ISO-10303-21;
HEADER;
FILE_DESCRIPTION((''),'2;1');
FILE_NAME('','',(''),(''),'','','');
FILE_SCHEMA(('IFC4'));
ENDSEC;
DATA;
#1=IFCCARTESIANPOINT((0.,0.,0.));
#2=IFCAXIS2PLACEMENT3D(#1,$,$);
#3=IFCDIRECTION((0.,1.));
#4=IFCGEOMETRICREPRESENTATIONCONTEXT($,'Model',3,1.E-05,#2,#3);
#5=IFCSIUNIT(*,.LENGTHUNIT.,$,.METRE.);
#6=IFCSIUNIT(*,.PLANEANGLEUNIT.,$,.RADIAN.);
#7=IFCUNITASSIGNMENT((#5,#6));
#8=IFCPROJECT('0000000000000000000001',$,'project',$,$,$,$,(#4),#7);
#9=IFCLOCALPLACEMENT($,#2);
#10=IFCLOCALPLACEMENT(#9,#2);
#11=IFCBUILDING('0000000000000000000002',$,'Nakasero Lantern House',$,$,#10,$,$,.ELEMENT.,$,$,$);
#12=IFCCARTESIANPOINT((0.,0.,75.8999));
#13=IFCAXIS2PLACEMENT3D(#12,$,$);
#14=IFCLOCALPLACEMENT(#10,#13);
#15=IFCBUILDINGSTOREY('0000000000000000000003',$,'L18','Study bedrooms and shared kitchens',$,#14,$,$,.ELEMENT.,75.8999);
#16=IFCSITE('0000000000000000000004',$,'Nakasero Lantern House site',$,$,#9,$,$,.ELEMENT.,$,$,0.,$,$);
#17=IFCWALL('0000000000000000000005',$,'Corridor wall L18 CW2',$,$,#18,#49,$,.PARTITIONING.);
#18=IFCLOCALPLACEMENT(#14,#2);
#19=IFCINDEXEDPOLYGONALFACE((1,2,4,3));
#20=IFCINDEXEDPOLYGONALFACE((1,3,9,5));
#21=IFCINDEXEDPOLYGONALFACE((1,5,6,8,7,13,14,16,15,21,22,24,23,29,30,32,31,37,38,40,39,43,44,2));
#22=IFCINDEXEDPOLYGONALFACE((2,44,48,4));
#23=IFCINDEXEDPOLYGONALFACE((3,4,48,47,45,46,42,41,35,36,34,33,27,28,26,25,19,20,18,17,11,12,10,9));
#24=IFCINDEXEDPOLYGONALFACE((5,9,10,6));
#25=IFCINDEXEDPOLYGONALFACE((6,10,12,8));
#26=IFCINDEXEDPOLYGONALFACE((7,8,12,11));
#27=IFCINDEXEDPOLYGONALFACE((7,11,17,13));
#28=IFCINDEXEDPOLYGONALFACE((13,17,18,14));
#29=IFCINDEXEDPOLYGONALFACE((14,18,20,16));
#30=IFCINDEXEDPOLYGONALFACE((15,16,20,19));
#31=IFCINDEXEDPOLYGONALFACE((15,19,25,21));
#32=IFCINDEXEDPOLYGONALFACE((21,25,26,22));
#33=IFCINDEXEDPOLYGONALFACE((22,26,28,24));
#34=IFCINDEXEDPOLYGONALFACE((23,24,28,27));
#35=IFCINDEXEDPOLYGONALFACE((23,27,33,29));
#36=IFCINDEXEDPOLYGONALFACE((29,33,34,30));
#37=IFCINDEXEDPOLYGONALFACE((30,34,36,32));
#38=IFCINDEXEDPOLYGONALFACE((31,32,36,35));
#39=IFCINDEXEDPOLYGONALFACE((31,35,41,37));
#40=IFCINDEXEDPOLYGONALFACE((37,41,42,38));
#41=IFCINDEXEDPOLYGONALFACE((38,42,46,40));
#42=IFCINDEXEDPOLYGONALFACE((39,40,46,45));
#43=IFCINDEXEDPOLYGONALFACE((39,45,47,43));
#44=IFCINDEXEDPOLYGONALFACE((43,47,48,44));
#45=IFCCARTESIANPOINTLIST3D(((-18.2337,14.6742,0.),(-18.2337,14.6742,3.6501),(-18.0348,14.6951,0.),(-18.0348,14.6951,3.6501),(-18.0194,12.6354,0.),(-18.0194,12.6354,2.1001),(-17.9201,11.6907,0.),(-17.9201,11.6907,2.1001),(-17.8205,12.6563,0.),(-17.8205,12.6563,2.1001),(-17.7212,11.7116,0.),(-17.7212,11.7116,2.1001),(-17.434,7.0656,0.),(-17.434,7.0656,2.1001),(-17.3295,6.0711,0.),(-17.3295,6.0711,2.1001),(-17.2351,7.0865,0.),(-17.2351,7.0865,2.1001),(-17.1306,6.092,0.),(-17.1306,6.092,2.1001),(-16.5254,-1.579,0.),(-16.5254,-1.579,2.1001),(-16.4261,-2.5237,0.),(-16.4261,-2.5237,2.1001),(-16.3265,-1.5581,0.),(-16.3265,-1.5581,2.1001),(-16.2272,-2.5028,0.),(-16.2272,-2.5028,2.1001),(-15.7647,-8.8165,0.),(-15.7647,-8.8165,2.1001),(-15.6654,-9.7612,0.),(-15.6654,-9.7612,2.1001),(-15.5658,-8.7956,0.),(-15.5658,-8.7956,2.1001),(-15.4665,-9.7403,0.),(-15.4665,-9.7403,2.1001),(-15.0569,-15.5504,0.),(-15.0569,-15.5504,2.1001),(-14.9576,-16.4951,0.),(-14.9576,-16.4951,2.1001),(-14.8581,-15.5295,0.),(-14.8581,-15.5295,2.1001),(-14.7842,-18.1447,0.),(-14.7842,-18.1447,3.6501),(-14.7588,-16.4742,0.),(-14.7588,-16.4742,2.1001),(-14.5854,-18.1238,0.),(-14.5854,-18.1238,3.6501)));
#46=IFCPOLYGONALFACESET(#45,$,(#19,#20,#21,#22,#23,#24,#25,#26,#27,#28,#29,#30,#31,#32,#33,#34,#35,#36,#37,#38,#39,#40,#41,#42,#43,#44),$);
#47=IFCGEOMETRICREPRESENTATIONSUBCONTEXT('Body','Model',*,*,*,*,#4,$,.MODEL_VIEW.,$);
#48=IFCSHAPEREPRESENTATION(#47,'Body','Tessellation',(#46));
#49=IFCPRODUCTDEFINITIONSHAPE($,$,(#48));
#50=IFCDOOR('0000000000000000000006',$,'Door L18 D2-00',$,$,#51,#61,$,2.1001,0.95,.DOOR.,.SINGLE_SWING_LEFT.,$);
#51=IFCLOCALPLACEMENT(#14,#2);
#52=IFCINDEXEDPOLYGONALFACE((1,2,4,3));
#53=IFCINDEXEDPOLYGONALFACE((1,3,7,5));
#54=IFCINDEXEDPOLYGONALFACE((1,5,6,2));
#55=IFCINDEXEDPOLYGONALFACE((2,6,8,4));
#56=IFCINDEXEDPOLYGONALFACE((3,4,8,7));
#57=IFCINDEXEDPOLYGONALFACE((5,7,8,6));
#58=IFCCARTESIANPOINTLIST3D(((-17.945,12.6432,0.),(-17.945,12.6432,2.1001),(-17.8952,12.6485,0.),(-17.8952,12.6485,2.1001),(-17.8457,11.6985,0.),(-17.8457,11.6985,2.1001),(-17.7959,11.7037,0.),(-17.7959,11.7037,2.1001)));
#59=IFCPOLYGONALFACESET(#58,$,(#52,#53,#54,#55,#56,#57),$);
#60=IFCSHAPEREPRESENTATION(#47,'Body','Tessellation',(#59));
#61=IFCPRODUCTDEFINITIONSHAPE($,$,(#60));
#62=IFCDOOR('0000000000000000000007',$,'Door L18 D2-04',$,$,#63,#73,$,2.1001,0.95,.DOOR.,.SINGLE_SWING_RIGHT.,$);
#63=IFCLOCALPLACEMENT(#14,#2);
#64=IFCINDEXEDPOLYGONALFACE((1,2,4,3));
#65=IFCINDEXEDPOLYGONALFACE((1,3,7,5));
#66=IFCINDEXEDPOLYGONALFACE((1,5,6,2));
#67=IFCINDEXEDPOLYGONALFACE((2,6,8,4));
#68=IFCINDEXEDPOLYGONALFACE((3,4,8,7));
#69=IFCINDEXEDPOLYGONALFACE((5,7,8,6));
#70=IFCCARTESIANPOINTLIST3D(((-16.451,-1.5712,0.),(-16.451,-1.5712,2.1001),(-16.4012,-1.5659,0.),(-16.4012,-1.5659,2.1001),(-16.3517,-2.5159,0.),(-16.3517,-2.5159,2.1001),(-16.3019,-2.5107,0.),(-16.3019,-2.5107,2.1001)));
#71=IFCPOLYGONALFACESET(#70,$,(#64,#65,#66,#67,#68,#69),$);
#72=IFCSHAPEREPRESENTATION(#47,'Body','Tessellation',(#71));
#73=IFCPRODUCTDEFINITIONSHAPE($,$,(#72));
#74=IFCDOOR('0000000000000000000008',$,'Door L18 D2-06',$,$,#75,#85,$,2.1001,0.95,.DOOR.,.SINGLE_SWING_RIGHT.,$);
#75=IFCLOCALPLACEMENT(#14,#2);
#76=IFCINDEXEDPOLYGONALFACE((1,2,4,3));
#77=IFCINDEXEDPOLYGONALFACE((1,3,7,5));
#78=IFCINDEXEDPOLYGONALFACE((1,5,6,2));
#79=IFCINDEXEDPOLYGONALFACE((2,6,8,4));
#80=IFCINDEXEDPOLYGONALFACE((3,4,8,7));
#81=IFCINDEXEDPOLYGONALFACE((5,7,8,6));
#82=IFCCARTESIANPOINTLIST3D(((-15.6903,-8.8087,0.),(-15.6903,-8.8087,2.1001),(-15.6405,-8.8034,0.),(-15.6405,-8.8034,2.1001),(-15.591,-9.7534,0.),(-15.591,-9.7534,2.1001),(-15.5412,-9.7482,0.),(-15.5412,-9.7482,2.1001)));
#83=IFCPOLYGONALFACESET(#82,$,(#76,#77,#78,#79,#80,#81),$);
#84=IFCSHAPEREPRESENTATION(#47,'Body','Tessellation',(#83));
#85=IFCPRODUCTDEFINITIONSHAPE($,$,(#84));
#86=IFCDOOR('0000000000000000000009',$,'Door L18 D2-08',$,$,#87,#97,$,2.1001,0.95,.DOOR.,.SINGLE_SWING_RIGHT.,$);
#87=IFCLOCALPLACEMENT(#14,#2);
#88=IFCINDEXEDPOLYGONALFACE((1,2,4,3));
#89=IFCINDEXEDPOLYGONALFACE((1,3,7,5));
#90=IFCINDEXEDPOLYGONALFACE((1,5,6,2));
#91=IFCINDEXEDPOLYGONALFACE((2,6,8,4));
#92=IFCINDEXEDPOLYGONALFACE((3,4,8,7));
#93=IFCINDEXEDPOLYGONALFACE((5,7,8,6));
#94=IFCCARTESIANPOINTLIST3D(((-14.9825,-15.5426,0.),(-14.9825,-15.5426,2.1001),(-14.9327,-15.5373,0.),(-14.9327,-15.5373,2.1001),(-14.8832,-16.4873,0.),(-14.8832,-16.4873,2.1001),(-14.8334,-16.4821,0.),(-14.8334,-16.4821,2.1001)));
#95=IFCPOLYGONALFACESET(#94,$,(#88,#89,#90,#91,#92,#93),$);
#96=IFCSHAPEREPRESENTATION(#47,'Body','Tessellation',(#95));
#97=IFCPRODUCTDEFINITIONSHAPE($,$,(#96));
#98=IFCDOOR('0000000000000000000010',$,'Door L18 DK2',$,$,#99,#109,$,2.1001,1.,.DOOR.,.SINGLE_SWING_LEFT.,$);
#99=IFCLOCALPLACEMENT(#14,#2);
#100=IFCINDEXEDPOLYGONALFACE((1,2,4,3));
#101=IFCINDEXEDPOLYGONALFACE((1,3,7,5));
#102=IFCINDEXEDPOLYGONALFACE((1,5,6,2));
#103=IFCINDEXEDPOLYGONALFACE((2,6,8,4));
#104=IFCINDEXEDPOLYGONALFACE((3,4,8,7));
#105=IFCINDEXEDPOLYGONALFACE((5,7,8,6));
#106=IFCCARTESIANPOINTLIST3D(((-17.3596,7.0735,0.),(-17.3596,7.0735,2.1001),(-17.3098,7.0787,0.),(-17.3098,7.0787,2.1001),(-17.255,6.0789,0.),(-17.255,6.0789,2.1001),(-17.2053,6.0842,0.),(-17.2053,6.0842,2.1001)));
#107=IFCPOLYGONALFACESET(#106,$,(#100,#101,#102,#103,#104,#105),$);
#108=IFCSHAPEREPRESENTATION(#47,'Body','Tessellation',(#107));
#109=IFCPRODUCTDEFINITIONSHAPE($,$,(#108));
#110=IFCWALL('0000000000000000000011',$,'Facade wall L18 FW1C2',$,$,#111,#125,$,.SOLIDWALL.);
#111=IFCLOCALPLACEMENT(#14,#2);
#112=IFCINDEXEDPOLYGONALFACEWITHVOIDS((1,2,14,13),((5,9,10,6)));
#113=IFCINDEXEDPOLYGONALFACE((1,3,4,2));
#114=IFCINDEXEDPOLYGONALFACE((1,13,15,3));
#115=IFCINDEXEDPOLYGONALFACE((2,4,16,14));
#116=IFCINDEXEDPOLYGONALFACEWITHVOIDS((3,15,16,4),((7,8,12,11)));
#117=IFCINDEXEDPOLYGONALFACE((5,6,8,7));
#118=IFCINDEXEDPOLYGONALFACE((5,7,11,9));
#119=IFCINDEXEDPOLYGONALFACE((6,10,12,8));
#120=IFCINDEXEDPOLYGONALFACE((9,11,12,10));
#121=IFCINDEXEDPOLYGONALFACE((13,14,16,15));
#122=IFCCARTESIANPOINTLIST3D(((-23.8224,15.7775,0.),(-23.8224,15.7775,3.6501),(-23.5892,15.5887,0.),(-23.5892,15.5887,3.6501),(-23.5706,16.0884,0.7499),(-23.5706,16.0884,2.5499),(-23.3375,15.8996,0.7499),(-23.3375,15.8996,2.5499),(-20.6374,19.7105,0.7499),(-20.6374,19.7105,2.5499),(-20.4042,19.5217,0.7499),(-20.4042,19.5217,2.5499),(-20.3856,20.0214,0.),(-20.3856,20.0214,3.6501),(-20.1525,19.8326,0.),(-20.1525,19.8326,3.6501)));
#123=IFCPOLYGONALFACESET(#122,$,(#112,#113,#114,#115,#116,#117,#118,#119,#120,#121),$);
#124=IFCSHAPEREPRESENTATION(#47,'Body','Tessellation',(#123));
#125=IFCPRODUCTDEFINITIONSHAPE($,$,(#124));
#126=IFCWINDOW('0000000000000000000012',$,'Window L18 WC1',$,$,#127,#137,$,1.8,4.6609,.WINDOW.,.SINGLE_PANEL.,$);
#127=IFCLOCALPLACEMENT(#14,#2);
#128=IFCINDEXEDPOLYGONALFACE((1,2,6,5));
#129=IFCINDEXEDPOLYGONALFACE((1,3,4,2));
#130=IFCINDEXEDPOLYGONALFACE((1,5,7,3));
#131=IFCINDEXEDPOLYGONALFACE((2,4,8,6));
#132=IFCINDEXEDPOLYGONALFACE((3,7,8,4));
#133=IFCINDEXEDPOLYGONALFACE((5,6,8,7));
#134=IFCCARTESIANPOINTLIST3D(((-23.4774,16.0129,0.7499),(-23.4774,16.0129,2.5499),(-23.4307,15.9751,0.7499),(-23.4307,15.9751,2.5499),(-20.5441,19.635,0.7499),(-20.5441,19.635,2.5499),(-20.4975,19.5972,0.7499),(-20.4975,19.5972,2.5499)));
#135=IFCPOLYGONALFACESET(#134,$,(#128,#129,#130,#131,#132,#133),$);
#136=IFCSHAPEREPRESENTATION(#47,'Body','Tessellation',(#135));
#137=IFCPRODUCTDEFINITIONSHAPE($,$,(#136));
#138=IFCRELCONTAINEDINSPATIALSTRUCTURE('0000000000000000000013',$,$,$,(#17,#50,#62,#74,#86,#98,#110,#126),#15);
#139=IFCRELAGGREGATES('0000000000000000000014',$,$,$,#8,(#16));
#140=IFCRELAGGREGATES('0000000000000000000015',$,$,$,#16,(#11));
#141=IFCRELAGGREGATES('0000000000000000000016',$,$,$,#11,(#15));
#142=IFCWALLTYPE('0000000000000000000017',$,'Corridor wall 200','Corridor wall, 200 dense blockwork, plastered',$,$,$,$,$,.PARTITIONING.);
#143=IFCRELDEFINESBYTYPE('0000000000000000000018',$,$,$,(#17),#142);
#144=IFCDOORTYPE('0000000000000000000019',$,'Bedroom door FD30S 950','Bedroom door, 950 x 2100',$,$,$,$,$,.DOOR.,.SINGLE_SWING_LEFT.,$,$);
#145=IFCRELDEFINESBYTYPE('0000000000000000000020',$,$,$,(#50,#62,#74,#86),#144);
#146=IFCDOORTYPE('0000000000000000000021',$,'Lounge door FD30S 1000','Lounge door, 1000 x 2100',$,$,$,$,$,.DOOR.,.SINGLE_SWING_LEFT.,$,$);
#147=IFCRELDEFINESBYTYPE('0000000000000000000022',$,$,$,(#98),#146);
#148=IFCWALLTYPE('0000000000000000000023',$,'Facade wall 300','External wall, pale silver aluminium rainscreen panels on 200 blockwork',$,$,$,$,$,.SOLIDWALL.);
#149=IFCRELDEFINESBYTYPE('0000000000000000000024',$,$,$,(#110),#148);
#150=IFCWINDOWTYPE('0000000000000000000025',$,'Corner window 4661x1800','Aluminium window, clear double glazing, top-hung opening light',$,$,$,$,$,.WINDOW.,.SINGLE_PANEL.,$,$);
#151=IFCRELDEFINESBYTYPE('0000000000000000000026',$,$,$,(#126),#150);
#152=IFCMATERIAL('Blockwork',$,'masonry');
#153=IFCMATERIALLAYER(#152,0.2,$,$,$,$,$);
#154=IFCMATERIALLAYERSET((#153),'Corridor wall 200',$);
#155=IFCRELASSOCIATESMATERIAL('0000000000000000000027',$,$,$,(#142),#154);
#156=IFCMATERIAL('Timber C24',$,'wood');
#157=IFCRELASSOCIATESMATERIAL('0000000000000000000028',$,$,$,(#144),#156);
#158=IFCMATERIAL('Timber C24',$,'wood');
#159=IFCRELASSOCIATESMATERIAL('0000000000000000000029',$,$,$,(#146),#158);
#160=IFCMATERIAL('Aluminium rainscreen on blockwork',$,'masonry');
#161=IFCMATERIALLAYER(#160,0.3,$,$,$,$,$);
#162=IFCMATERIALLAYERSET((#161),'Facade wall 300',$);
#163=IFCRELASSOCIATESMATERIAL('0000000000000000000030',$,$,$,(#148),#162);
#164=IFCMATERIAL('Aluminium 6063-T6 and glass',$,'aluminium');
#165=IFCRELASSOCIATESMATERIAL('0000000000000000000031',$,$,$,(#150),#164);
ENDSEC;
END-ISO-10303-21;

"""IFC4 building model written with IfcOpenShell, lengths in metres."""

from ifc_helpers import new_model, si_unit, direction, frame, frame_2d, origin, place, context, subcontext, project, spatial, rectangle, extrude, material, layer, layer_set, type_object, element, fill, save


model = new_model("IFC4")

# Units and contexts
model_context = context("Model", 3, precision=1e-05, world=origin(), true_north=direction((0.0, 1.0)))
body_context = subcontext(model_context, "Body", "Model", "MODEL_VIEW")
ifc_project = project(units=[si_unit("LENGTHUNIT", "METRE"), si_unit("PLANEANGLEUNIT", "RADIAN")], contexts=[model_context])

# Site, building, storey
site_placement = place(None, origin())
site = spatial("IfcSite", under=ifc_project, at=site_placement, Name="Nakasero Lantern House site", CompositionType="ELEMENT", RefElevation=0.0)
building_placement = place(site_placement, origin())
building = spatial("IfcBuilding", under=site, at=building_placement, Name="Nakasero Lantern House", CompositionType="ELEMENT")
storey_placement = place(building_placement, frame((0.0, 0.0, 75.8999)))
storey = spatial("IfcBuildingStorey", under=building, at=storey_placement, Name="L18", Description="Study bedrooms and shared kitchens", CompositionType="ELEMENT", Elevation=75.8999)

# Wall, openings, doors
ifc_material_1 = material(Name="Blockwork", Category="masonry")
ifc_layer_1 = layer(ifc_material_1, 0.2)
ifc_layer_set_1 = layer_set([ifc_layer_1], Name="Corridor wall 200")
wall_type_1 = type_object("IfcWallType", Name="Corridor wall 200", Description="Corridor wall, 200 dense blockwork, plastered", PredefinedType="PARTITIONING", material=ifc_layer_set_1)
wall_1_placement = place(storey_placement, frame((-18.1343, 14.6848, 0.0), z_axis=(0.0, 0.0, 1.0), x_axis=(0.10453, -0.994522, 0.0)))
wall_1 = element("IfcWall", 1, at=wall_1_placement, inside=storey, type_object=wall_type_1, Name="Corridor wall L18 CW2", PredefinedType="PARTITIONING", context=body_context, shape_type="SweptSolid", body=[
    extrude(rectangle(XDim=32.9998, YDim=0.2, at=frame_2d((16.5, 0.0))), origin(), (0.0, 0.0, 1.0), 3.6501),
])
opening_1_placement = place(wall_1_placement, frame((2.05, 0.0, 0.0)))
opening_1 = element("IfcOpeningElement", 2, at=opening_1_placement, cuts=wall_1, PredefinedType="OPENING", context=body_context, shape_type="SweptSolid", body=[
    extrude(rectangle(XDim=0.95, YDim=2.1001, at=frame_2d((0.4751, 1.05))), frame((0.0, 0.1199, 0.0), z_axis=(0.0, -1.0, 0.0), x_axis=(1.0, 0.0, 0.0)), (0.0, 0.0, 1.0), 0.24),
])
opening_2_placement = place(wall_1_placement, frame((16.3428, 0.0, 0.0)))
opening_2 = element("IfcOpeningElement", 3, at=opening_2_placement, cuts=wall_1, PredefinedType="OPENING", context=body_context, shape_type="SweptSolid", body=[
    extrude(rectangle(XDim=0.95, YDim=2.1001, at=frame_2d((0.4751, 1.05))), frame((0.0, 0.1199, 0.0), z_axis=(0.0, -1.0, 0.0), x_axis=(1.0, 0.0, 0.0)), (0.0, 0.0, 1.0), 0.24),
])
opening_3_placement = place(wall_1_placement, frame((23.6201, 0.0, 0.0)))
opening_3 = element("IfcOpeningElement", 4, at=opening_3_placement, cuts=wall_1, PredefinedType="OPENING", context=body_context, shape_type="SweptSolid", body=[
    extrude(rectangle(XDim=0.95, YDim=2.1001, at=frame_2d((0.4751, 1.05))), frame((0.0, 0.1199, 0.0), z_axis=(0.0, -1.0, 0.0), x_axis=(1.0, 0.0, 0.0)), (0.0, 0.0, 1.0), 0.24),
])
opening_4_placement = place(wall_1_placement, frame((30.3911, 0.0, 0.0)))
opening_4 = element("IfcOpeningElement", 5, at=opening_4_placement, cuts=wall_1, PredefinedType="OPENING", context=body_context, shape_type="SweptSolid", body=[
    extrude(rectangle(XDim=0.95, YDim=2.1001, at=frame_2d((0.4751, 1.05))), frame((0.0, 0.1199, 0.0), z_axis=(0.0, -1.0, 0.0), x_axis=(1.0, 0.0, 0.0)), (0.0, 0.0, 1.0), 0.24),
])
opening_5_placement = place(wall_1_placement, frame((7.6506, 0.0, 0.0)))
opening_5 = element("IfcOpeningElement", 6, at=opening_5_placement, cuts=wall_1, PredefinedType="OPENING", context=body_context, shape_type="SweptSolid", body=[
    extrude(rectangle(XDim=1.0, YDim=2.1001, at=frame_2d((0.5, 1.05))), frame((0.0, 0.1199, 0.0), z_axis=(0.0, -1.0, 0.0), x_axis=(1.0, 0.0, 0.0)), (0.0, 0.0, 1.0), 0.24),
])
ifc_material_2 = material(Name="Timber C24", Category="wood")
door_type_1 = type_object("IfcDoorType", Name="Bedroom door FD30S 950", Description="Bedroom door, 950 x 2100", OperationType="SINGLE_SWING_LEFT", PredefinedType="DOOR", material=ifc_material_2)
door_1_placement = place(opening_1_placement, origin())
door_1 = element("IfcDoor", 7, at=door_1_placement, inside=storey, type_object=door_type_1, Name="Door L18 D2-00", OperationType="SINGLE_SWING_LEFT", OverallHeight=2.1001, OverallWidth=0.95, PredefinedType="DOOR", context=body_context, shape_type="SweptSolid", body=[
    extrude(rectangle(XDim=0.95, YDim=2.1001, at=frame_2d((0.4751, 1.05))), frame((0.0, 0.0249, 0.0), z_axis=(0.0, -1.0, 0.0), x_axis=(1.0, 0.0, 0.0)), (0.0, 0.0, 1.0), 0.05),
])
fill(opening_1, door_1)
door_2_placement = place(opening_2_placement, origin())
door_2 = element("IfcDoor", 8, at=door_2_placement, inside=storey, type_object=door_type_1, Name="Door L18 D2-04", OperationType="SINGLE_SWING_RIGHT", OverallHeight=2.1001, OverallWidth=0.95, PredefinedType="DOOR", context=body_context, shape_type="SweptSolid", body=[
    extrude(rectangle(XDim=0.95, YDim=2.1001, at=frame_2d((0.4751, 1.05))), frame((0.0, 0.0249, 0.0), z_axis=(0.0, -1.0, 0.0), x_axis=(1.0, 0.0, 0.0)), (0.0, 0.0, 1.0), 0.05),
])
fill(opening_2, door_2)
door_3_placement = place(opening_3_placement, origin())
door_3 = element("IfcDoor", 9, at=door_3_placement, inside=storey, type_object=door_type_1, Name="Door L18 D2-06", OperationType="SINGLE_SWING_RIGHT", OverallHeight=2.1001, OverallWidth=0.95, PredefinedType="DOOR", context=body_context, shape_type="SweptSolid", body=[
    extrude(rectangle(XDim=0.95, YDim=2.1001, at=frame_2d((0.4751, 1.05))), frame((0.0, 0.0249, 0.0), z_axis=(0.0, -1.0, 0.0), x_axis=(1.0, 0.0, 0.0)), (0.0, 0.0, 1.0), 0.05),
])
fill(opening_3, door_3)
door_4_placement = place(opening_4_placement, origin())
door_4 = element("IfcDoor", 10, at=door_4_placement, inside=storey, type_object=door_type_1, Name="Door L18 D2-08", OperationType="SINGLE_SWING_RIGHT", OverallHeight=2.1001, OverallWidth=0.95, PredefinedType="DOOR", context=body_context, shape_type="SweptSolid", body=[
    extrude(rectangle(XDim=0.95, YDim=2.1001, at=frame_2d((0.4751, 1.05))), frame((0.0, 0.0249, 0.0), z_axis=(0.0, -1.0, 0.0), x_axis=(1.0, 0.0, 0.0)), (0.0, 0.0, 1.0), 0.05),
])
fill(opening_4, door_4)
ifc_material_3 = material(Name="Timber C24", Category="wood")
door_type_2 = type_object("IfcDoorType", Name="Lounge door FD30S 1000", Description="Lounge door, 1000 x 2100", OperationType="SINGLE_SWING_LEFT", PredefinedType="DOOR", material=ifc_material_3)
door_5_placement = place(opening_5_placement, origin())
door_5 = element("IfcDoor", 11, at=door_5_placement, inside=storey, type_object=door_type_2, Name="Door L18 DK2", OperationType="SINGLE_SWING_LEFT", OverallHeight=2.1001, OverallWidth=1.0, PredefinedType="DOOR", context=body_context, shape_type="SweptSolid", body=[
    extrude(rectangle(XDim=1.0, YDim=2.1001, at=frame_2d((0.5, 1.05))), frame((0.0, 0.0249, 0.0), z_axis=(0.0, -1.0, 0.0), x_axis=(1.0, 0.0, 0.0)), (0.0, 0.0, 1.0), 0.05),
])
fill(opening_5, door_5)

# Wall, opening, window
ifc_material_4 = material(Name="Aluminium rainscreen on blockwork", Category="masonry")
ifc_layer_2 = layer(ifc_material_4, 0.3)
ifc_layer_set_2 = layer_set([ifc_layer_2], Name="Facade wall 300")
wall_type_2 = type_object("IfcWallType", Name="Facade wall 300", Description="External wall, pale silver aluminium rainscreen panels on 200 blockwork", PredefinedType="SOLIDWALL", material=ifc_layer_set_2)
wall_2_placement = place(storey_placement, frame((-20.269, 19.927, 0.0), z_axis=(0.0, 0.0, 1.0), x_axis=(-0.629335, -0.777135, 0.0)))
wall_2 = element("IfcWall", 12, at=wall_2_placement, inside=storey, type_object=wall_type_2, Name="Facade wall L18 FW1C2", PredefinedType="SOLIDWALL", context=body_context, shape_type="SweptSolid", body=[
    extrude(rectangle(XDim=5.4609, YDim=0.3, at=frame_2d((2.7305, 0.0))), origin(), (0.0, 0.0, 1.0), 3.6501),
])
opening_6_placement = place(wall_2_placement, frame((0.3999, 0.0, 0.75)))
opening_6 = element("IfcOpeningElement", 13, at=opening_6_placement, cuts=wall_2, PredefinedType="OPENING", context=body_context, shape_type="SweptSolid", body=[
    extrude(rectangle(XDim=4.6609, YDim=1.8, at=frame_2d((2.3306, 0.8999))), frame((0.0, 0.1699, 0.0), z_axis=(0.0, -1.0, 0.0), x_axis=(1.0, 0.0, 0.0)), (0.0, 0.0, 1.0), 0.3401),
])
ifc_material_5 = material(Name="Aluminium 6063-T6 and glass", Category="aluminium")
window_type_1 = type_object("IfcWindowType", Name="Corner window 4661x1800", Description="Aluminium window, clear double glazing, top-hung opening light", PartitioningType="SINGLE_PANEL", PredefinedType="WINDOW", material=ifc_material_5)
window_1_placement = place(opening_6_placement, origin())
window_1 = element("IfcWindow", 14, at=window_1_placement, inside=storey, type_object=window_type_1, Name="Window L18 WC1", OverallHeight=1.8, OverallWidth=4.6609, PartitioningType="SINGLE_PANEL", PredefinedType="WINDOW", context=body_context, shape_type="SweptSolid", body=[
    extrude(rectangle(XDim=4.6609, YDim=1.8, at=frame_2d((2.3306, 0.8999))), frame((0.0, 0.03, 0.0), z_axis=(0.0, -1.0, 0.0), x_axis=(1.0, 0.0, 0.0)), (0.0, 0.0, 1.0), 0.0601),
])
fill(opening_6, window_1)

save(model, "model.ifc")
